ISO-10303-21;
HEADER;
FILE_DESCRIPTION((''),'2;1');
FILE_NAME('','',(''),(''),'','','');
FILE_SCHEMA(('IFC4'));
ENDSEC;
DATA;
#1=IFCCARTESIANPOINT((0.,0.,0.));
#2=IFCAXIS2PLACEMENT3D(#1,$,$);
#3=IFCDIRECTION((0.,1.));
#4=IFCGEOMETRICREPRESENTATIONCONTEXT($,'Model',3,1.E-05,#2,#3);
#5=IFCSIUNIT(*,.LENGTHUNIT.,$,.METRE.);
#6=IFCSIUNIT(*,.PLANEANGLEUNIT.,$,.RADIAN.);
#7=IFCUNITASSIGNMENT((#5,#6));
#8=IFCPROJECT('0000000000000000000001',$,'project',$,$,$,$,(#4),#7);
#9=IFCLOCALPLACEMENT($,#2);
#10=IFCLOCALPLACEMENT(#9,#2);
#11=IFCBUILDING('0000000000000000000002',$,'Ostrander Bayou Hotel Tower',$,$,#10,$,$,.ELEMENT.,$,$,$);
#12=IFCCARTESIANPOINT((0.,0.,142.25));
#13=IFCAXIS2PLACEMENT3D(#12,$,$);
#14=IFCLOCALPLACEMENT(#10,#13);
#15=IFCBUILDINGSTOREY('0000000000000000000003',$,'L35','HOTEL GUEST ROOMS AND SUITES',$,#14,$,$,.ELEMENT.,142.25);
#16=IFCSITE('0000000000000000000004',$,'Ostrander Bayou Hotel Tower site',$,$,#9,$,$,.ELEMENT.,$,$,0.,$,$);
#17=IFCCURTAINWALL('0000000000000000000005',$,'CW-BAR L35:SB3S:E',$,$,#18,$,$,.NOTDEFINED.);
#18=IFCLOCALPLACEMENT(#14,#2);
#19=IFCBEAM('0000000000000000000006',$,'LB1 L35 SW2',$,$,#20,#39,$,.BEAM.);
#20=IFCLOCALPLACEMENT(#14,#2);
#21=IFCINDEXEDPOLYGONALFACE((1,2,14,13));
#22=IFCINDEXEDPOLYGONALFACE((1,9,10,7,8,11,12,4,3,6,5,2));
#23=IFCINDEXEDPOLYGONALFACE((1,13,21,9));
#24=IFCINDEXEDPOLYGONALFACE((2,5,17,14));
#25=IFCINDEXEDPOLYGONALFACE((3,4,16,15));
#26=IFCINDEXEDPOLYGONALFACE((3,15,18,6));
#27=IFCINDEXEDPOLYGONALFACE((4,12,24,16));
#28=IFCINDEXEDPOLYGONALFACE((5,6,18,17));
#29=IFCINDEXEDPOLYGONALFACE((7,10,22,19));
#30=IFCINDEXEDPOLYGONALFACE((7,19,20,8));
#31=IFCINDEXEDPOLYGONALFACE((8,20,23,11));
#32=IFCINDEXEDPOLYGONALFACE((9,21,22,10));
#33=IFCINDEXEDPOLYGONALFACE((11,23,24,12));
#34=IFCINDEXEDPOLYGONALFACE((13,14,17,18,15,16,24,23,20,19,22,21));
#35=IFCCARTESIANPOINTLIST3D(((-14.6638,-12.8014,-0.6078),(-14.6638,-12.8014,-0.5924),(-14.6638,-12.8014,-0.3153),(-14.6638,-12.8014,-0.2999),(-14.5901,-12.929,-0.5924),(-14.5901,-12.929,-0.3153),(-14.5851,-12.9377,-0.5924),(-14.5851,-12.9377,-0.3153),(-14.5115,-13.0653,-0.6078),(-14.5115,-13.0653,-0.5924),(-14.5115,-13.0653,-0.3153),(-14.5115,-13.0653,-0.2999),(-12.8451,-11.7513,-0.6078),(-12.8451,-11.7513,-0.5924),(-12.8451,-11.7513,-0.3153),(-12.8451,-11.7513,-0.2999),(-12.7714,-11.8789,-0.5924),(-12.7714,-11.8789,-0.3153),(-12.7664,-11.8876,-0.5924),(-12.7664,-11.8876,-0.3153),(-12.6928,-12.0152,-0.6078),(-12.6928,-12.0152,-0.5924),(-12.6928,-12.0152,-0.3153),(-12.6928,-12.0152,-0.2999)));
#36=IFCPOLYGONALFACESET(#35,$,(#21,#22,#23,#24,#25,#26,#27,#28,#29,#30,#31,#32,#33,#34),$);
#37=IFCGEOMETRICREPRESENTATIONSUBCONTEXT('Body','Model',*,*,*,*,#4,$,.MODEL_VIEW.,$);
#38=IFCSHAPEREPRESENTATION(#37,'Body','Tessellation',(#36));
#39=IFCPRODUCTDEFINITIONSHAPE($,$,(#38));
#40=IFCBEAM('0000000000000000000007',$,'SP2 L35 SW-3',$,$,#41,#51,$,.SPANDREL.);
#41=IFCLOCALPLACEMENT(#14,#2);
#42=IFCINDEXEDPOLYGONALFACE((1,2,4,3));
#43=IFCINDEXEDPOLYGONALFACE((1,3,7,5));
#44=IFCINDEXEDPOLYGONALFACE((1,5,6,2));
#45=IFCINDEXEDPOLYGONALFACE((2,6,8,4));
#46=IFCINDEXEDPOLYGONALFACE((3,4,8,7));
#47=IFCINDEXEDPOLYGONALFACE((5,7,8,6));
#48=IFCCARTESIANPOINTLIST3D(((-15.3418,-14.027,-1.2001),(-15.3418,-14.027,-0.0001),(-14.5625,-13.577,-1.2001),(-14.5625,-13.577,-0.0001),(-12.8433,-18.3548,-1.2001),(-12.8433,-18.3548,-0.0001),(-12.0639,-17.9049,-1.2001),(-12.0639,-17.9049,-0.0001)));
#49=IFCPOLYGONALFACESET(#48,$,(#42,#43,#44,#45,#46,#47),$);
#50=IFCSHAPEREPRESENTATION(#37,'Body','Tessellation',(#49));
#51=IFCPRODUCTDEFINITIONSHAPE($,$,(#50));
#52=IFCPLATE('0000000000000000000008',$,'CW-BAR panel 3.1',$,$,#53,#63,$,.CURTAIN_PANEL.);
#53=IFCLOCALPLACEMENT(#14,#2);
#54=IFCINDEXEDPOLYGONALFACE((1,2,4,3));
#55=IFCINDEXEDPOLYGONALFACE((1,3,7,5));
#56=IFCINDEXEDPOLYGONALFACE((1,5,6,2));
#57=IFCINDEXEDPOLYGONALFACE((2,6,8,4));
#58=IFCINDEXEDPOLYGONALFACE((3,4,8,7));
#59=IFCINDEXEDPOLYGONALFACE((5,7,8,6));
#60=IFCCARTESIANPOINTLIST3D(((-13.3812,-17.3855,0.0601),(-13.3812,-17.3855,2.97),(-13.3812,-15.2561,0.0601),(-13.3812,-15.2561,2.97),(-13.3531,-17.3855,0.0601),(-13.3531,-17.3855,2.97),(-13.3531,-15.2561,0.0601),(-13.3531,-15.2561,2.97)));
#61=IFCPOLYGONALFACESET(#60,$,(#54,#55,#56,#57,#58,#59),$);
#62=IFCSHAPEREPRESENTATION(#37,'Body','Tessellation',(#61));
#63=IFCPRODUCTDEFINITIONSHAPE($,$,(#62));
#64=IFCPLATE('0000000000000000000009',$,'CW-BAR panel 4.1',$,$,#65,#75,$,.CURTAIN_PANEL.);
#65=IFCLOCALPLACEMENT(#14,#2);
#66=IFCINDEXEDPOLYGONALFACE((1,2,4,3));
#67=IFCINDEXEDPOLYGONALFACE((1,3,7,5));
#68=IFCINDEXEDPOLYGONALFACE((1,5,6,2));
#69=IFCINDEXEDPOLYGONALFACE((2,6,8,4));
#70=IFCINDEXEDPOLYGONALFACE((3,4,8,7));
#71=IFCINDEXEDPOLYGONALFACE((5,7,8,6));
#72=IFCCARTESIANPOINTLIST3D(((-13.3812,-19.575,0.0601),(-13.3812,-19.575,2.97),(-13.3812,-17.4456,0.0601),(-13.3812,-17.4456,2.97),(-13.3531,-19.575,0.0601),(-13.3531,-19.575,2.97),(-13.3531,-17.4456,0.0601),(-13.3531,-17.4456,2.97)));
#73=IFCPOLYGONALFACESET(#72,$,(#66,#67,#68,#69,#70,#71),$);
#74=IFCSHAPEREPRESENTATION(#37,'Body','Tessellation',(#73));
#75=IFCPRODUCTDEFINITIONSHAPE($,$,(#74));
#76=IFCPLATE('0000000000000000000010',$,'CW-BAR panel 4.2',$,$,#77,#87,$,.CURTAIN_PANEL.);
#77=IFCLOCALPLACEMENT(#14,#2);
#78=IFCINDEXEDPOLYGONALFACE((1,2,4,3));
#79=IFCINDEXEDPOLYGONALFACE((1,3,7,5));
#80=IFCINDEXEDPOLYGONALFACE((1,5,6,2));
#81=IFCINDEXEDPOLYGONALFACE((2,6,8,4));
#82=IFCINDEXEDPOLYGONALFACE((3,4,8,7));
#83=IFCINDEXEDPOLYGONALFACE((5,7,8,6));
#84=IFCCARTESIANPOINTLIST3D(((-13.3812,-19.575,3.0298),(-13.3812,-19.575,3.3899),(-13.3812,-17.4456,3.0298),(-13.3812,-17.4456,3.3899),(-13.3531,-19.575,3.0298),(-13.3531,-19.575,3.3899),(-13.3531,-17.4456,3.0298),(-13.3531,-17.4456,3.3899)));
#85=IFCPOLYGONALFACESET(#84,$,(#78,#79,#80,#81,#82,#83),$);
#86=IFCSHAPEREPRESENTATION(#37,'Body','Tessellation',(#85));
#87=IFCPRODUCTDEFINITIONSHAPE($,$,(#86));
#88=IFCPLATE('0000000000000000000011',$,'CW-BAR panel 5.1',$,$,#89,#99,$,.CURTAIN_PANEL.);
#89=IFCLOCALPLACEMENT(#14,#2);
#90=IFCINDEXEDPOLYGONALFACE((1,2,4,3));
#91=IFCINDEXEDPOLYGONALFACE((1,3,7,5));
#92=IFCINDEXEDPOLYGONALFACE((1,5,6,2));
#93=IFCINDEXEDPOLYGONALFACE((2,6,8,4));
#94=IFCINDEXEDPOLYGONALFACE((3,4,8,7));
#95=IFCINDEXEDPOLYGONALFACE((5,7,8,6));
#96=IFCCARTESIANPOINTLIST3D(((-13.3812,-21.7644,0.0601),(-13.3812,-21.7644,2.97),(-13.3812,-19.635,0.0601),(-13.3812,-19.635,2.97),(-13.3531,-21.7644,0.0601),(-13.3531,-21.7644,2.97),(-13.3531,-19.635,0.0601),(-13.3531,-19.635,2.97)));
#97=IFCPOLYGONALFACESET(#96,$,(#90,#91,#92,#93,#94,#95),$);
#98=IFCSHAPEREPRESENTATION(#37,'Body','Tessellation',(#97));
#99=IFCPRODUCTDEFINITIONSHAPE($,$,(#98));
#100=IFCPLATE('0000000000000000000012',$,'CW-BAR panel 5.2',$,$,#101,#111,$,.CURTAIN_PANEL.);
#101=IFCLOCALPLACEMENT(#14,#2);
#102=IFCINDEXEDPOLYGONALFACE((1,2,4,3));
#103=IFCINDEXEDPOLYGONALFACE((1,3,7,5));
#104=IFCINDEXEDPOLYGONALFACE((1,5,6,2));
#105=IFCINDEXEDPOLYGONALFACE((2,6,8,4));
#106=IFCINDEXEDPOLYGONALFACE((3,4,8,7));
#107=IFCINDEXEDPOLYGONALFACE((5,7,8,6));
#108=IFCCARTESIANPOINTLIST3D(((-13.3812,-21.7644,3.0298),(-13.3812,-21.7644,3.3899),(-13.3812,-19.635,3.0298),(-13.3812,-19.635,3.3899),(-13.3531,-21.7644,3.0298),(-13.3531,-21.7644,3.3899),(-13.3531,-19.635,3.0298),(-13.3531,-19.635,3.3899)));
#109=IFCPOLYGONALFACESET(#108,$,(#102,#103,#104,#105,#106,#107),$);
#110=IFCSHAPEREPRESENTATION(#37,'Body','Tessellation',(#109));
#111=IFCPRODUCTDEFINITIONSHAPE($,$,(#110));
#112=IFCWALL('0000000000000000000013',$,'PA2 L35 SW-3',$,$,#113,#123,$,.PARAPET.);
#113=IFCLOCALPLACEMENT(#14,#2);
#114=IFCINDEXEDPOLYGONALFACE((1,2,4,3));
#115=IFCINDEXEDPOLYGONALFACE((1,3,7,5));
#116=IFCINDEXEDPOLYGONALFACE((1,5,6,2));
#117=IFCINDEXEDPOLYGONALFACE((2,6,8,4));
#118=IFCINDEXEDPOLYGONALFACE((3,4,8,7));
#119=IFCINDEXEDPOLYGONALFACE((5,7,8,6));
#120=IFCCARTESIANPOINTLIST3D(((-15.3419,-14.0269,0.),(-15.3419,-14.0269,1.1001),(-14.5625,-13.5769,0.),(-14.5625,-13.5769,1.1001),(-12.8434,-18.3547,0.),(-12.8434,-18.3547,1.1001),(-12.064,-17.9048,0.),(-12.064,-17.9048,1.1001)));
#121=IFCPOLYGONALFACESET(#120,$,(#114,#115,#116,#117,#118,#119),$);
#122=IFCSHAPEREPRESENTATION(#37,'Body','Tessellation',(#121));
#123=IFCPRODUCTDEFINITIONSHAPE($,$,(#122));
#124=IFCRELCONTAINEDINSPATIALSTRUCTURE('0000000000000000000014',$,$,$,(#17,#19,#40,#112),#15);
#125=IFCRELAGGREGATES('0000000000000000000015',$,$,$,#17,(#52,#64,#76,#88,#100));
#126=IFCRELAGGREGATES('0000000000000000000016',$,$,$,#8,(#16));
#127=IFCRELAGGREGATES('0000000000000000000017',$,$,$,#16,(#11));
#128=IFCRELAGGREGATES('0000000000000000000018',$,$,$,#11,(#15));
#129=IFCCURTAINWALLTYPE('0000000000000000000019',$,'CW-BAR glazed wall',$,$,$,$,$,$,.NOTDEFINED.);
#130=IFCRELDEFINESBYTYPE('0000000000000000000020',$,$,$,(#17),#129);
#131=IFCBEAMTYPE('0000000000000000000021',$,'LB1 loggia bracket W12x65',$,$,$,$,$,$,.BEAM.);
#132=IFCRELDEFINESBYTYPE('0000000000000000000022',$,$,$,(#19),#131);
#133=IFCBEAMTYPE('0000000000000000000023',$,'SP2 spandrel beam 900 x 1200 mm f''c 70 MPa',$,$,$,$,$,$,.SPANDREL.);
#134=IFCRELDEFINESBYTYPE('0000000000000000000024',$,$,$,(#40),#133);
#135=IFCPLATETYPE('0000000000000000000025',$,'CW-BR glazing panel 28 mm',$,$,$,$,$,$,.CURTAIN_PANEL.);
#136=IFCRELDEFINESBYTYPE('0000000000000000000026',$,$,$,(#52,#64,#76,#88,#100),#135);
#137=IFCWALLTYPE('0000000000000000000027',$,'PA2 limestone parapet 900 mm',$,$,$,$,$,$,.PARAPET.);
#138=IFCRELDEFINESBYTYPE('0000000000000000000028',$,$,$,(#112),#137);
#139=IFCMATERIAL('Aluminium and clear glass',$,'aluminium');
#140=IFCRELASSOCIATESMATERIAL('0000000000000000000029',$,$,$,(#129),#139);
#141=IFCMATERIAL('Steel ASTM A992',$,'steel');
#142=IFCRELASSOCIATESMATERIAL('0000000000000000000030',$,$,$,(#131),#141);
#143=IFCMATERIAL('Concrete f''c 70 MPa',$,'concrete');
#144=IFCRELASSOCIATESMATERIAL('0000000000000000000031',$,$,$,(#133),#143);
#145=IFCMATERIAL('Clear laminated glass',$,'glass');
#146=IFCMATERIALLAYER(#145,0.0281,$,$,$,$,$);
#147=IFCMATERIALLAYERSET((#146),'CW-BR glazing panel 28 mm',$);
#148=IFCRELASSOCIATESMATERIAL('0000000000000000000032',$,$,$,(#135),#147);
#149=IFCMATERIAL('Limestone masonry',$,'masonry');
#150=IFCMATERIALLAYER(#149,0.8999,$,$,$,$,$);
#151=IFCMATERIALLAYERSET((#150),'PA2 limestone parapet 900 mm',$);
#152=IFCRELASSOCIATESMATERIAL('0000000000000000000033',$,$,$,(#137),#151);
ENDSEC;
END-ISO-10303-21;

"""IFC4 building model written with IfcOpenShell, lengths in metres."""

from ifc_helpers import new_model, si_unit, direction, frame, frame_2d, origin, origin_2d, place, context, subcontext, project, spatial, rectangle, i_section, extrude, material, layer, layer_set, material_profile, profile_set, type_object, element, aggregate, save


model = new_model("IFC4")

# Units and contexts
model_context = context("Model", 3, precision=1e-05, world=origin(), true_north=direction((0.0, 1.0)))
body_context = subcontext(model_context, "Body", "Model", "MODEL_VIEW")
ifc_project = project(units=[si_unit("LENGTHUNIT", "METRE"), si_unit("PLANEANGLEUNIT", "RADIAN")], contexts=[model_context])

# Site, building, storey
site_placement = place(None, origin())
site = spatial("IfcSite", under=ifc_project, at=site_placement, Name="Ostrander Bayou Hotel Tower site", CompositionType="ELEMENT", RefElevation=0.0)
building_placement = place(site_placement, origin())
building = spatial("IfcBuilding", under=site, at=building_placement, Name="Ostrander Bayou Hotel Tower", CompositionType="ELEMENT")
storey_placement = place(building_placement, frame((0.0, 0.0, 142.25)))
storey = spatial("IfcBuildingStorey", under=building, at=storey_placement, Name="L35", Description="HOTEL GUEST ROOMS AND SUITES", CompositionType="ELEMENT", Elevation=142.25)

# Curtain wall
ifc_material_1 = material(Name="Aluminium and clear glass", Category="aluminium")
curtain_wall_type = type_object("IfcCurtainWallType", Name="CW-BAR glazed wall", PredefinedType="NOTDEFINED", material=ifc_material_1)
curtain_wall_placement = place(storey_placement, origin())
curtain_wall = element("IfcCurtainWall", 1, at=curtain_wall_placement, inside=storey, type_object=curtain_wall_type, Name="CW-BAR L35:SB3S:E", PredefinedType="NOTDEFINED")

# Beams
ifc_material_2 = material(Name="Steel ASTM A992", Category="steel")
ifc_material_profile_1 = material_profile(ifc_material_2, i_section(OverallWidth=0.3047, OverallDepth=0.3079, WebThickness=0.01, FlangeThickness=0.0154, at=origin_2d()))
ifc_profile_set_1 = profile_set([ifc_material_profile_1], Name="Steel ASTM A992")
beam_type_1 = type_object("IfcBeamType", Name="LB1 loggia bracket W12x65", PredefinedType="BEAM", material=ifc_profile_set_1)
beam_1_placement = place(storey_placement, frame((-14.5876, -12.9333, -0.4539), z_axis=(0.866009, 0.500028, 0.0), x_axis=(-0.500028, 0.866009, 0.0)))
element("IfcBeam", 2, at=beam_1_placement, inside=storey, type_object=beam_type_1, Name="LB1 L35 SW2", PredefinedType="BEAM", context=body_context, shape_type="SweptSolid", body=[
    extrude(i_section(OverallWidth=0.3047, OverallDepth=0.3079, WebThickness=0.01, FlangeThickness=0.0154, at=origin_2d()), origin(), (0.0, 0.0, 1.0), 2.1001),
])
ifc_material_3 = material(Name="Concrete f'c 70 MPa", Category="concrete")
ifc_material_profile_2 = material_profile(ifc_material_3, rectangle(XDim=0.8999, YDim=1.2, at=origin_2d()))
ifc_profile_set_2 = profile_set([ifc_material_profile_2], Name="Concrete f'c 70 MPa")
beam_type_2 = type_object("IfcBeamType", Name="SP2 spandrel beam 900 x 1200 mm f'c 70 MPa", PredefinedType="SPANDREL", material=ifc_profile_set_2)
beam_2_placement = place(storey_placement, frame((-14.9521, -13.802, -0.6001), z_axis=(0.499975, -0.86604, 0.0), x_axis=(0.86604, 0.499975, 0.0)))
element("IfcBeam", 3, at=beam_2_placement, inside=storey, type_object=beam_type_2, Name="SP2 L35 SW-3", PredefinedType="SPANDREL", context=body_context, shape_type="SweptSolid", body=[
    extrude(rectangle(XDim=0.8999, YDim=1.2, at=origin_2d()), origin(), (0.0, 0.0, 1.0), 4.9973),
])

# Plates
ifc_material_4 = material(Name="Clear laminated glass", Category="glass")
ifc_layer_1 = layer(ifc_material_4, 0.0281)
ifc_layer_set_1 = layer_set([ifc_layer_1], Name="CW-BR glazing panel 28 mm")
plate_type = type_object("IfcPlateType", Name="CW-BR glazing panel 28 mm", PredefinedType="CURTAIN_PANEL", material=ifc_layer_set_1)
plate_1_placement = place(storey_placement, frame((-13.3672, -16.3208, 0.0601), z_axis=(0.0, 0.0, 1.0), x_axis=(0.0, -1.0, 0.0)))
plate_1 = element("IfcPlate", 4, at=plate_1_placement, type_object=plate_type, Name="CW-BAR panel 3.1", PredefinedType="CURTAIN_PANEL", context=body_context, shape_type="SweptSolid", body=[
    extrude(rectangle(XDim=2.1294, YDim=0.0281, at=origin_2d()), origin(), (0.0, 0.0, 1.0), 2.9099),
])
plate_2_placement = place(storey_placement, frame((-13.3672, -18.5103, 0.0601), z_axis=(0.0, 0.0, 1.0), x_axis=(0.0, -1.0, 0.0)))
plate_2 = element("IfcPlate", 5, at=plate_2_placement, type_object=plate_type, Name="CW-BAR panel 4.1", PredefinedType="CURTAIN_PANEL", context=body_context, shape_type="SweptSolid", body=[
    extrude(rectangle(XDim=2.1294, YDim=0.0281, at=origin_2d()), origin(), (0.0, 0.0, 1.0), 2.9099),
])
plate_3_placement = place(storey_placement, frame((-13.3672, -18.5103, 3.0298), z_axis=(0.0, 0.0, 1.0), x_axis=(0.0, -1.0, 0.0)))
plate_3 = element("IfcPlate", 6, at=plate_3_placement, type_object=plate_type, Name="CW-BAR panel 4.2", PredefinedType="CURTAIN_PANEL", context=body_context, shape_type="SweptSolid", body=[
    extrude(rectangle(XDim=2.1294, YDim=0.0281, at=origin_2d()), origin(), (0.0, 0.0, 1.0), 0.3601),
])
plate_4_placement = place(storey_placement, frame((-13.3672, -20.6997, 0.0601), z_axis=(0.0, 0.0, 1.0), x_axis=(0.0, -1.0, 0.0)))
plate_4 = element("IfcPlate", 7, at=plate_4_placement, type_object=plate_type, Name="CW-BAR panel 5.1", PredefinedType="CURTAIN_PANEL", context=body_context, shape_type="SweptSolid", body=[
    extrude(rectangle(XDim=2.1294, YDim=0.0281, at=origin_2d()), origin(), (0.0, 0.0, 1.0), 2.9099),
])
plate_5_placement = place(storey_placement, frame((-13.3672, -20.6997, 3.0298), z_axis=(0.0, 0.0, 1.0), x_axis=(0.0, -1.0, 0.0)))
plate_5 = element("IfcPlate", 8, at=plate_5_placement, type_object=plate_type, Name="CW-BAR panel 5.2", PredefinedType="CURTAIN_PANEL", context=body_context, shape_type="SweptSolid", body=[
    extrude(rectangle(XDim=2.1294, YDim=0.0281, at=origin_2d()), origin(), (0.0, 0.0, 1.0), 0.3601),
])
aggregate(curtain_wall, [plate_1, plate_2, plate_3, plate_4, plate_5])

# Wall
ifc_material_5 = material(Name="Limestone masonry", Category="masonry")
ifc_layer_2 = layer(ifc_material_5, 0.8999)
ifc_layer_set_2 = layer_set([ifc_layer_2], Name="PA2 limestone parapet 900 mm")
wall_type = type_object("IfcWallType", Name="PA2 limestone parapet 900 mm", PredefinedType="PARAPET", material=ifc_layer_set_2)
wall_placement = place(storey_placement, frame((-14.9521, -13.802, 0.0), z_axis=(0.0, 0.0, 1.0), x_axis=(0.499975, -0.86604, 0.0)))
element("IfcWall", 9, at=wall_placement, inside=storey, type_object=wall_type, Name="PA2 L35 SW-3", PredefinedType="PARAPET", context=body_context, shape_type="SweptSolid", body=[
    extrude(rectangle(XDim=4.9973, YDim=0.8999, at=frame_2d((2.4985, 0.0))), origin(), (0.0, 0.0, 1.0), 1.1001),
])

save(model, "model.ifc")
